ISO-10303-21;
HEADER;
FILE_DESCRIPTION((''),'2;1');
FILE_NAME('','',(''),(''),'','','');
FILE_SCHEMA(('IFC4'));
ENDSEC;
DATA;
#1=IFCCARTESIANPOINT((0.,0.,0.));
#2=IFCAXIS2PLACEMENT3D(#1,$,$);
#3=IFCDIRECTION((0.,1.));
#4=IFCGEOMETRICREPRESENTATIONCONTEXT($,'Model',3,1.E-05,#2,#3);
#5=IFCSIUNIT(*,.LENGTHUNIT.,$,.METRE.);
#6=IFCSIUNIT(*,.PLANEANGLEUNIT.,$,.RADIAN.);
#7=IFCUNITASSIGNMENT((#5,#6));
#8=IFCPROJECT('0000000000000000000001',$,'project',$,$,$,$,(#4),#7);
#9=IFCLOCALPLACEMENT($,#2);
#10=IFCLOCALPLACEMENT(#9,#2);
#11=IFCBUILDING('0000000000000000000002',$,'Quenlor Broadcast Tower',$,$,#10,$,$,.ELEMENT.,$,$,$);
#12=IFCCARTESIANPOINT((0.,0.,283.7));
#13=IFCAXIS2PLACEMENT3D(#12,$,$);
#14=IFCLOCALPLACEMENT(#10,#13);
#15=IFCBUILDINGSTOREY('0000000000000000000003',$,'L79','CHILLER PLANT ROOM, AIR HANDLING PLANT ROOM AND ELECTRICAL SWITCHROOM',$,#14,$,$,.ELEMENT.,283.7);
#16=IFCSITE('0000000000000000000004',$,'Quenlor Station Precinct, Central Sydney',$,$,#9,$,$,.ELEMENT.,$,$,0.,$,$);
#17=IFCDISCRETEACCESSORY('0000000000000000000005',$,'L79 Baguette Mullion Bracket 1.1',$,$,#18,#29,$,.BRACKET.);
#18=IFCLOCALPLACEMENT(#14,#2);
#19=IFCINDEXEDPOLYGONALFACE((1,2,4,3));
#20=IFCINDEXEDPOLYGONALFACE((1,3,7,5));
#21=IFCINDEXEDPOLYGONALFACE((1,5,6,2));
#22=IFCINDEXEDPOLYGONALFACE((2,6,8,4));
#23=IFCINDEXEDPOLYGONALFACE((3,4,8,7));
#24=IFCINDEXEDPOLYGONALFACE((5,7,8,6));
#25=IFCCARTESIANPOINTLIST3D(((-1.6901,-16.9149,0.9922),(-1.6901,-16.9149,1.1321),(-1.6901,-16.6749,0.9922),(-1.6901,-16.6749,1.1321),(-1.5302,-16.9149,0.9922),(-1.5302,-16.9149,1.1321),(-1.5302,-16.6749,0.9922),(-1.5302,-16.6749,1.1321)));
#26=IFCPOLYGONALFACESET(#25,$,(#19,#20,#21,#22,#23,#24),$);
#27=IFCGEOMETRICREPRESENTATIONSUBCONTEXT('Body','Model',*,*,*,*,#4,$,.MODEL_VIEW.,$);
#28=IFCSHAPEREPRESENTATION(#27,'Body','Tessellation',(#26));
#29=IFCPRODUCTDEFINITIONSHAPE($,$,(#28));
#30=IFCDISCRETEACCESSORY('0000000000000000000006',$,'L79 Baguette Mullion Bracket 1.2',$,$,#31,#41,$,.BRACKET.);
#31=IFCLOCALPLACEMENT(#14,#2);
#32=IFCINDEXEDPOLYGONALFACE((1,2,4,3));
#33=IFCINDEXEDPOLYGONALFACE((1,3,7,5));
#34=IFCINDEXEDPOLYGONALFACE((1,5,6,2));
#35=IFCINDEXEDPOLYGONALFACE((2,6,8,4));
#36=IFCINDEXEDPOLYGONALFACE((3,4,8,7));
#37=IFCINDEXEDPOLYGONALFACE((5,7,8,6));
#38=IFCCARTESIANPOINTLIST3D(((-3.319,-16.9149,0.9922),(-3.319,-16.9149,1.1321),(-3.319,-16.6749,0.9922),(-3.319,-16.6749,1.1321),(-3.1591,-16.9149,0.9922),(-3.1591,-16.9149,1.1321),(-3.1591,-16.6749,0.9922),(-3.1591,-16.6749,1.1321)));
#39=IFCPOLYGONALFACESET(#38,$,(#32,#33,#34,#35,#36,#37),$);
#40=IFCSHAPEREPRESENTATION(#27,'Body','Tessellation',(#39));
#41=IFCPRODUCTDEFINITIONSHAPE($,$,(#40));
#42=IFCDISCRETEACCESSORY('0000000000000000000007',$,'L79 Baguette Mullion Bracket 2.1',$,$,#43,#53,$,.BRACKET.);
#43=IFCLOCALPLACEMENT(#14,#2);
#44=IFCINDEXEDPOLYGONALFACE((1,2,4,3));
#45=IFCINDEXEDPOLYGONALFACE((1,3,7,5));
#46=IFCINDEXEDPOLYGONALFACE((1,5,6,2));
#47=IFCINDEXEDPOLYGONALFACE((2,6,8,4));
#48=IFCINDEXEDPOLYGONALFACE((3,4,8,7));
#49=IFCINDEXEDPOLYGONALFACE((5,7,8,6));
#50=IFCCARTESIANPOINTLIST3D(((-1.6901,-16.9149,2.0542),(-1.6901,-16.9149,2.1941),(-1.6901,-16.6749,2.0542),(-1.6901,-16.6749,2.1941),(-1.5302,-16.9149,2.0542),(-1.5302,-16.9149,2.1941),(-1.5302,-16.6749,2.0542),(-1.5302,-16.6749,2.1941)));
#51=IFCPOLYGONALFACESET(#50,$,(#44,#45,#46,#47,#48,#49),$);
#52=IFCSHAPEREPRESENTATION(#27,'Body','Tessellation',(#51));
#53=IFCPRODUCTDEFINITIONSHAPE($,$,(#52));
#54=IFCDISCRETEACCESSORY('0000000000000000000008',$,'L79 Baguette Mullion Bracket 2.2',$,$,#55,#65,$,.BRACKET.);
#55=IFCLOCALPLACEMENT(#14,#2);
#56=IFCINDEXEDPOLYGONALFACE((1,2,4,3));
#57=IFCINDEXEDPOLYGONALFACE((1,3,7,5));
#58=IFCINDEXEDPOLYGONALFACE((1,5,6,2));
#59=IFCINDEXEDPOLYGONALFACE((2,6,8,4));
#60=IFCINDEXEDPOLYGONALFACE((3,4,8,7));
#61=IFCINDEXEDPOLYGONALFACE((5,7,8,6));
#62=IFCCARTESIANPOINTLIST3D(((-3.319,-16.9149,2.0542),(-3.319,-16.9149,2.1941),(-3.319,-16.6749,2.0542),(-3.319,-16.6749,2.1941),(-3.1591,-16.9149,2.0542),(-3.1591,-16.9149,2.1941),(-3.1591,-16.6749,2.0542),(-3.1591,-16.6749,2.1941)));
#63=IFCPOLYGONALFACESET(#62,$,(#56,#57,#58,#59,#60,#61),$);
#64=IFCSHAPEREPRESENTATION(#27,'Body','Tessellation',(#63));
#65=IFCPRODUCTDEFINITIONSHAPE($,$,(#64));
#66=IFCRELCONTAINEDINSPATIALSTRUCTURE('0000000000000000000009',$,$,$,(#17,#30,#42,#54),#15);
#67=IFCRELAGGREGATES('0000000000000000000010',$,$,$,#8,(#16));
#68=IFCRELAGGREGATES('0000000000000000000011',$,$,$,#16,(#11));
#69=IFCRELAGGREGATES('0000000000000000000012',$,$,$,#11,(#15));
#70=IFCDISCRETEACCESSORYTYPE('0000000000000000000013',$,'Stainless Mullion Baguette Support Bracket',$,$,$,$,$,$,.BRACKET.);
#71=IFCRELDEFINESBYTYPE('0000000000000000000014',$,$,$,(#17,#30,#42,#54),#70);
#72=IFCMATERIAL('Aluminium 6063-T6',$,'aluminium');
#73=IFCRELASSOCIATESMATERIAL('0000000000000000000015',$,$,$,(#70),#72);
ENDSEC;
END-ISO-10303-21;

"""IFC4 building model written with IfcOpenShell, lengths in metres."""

from ifc_helpers import new_model, si_unit, direction, frame, origin, origin_2d, place, context, subcontext, project, spatial, rectangle, extrude, material, type_object, element, save


model = new_model("IFC4")

# Units and contexts
model_context = context("Model", 3, precision=1e-05, world=origin(), true_north=direction((0.0, 1.0)))
body_context = subcontext(model_context, "Body", "Model", "MODEL_VIEW")
ifc_project = project(units=[si_unit("LENGTHUNIT", "METRE"), si_unit("PLANEANGLEUNIT", "RADIAN")], contexts=[model_context])

# Site, building, storey
site_placement = place(None, origin())
site = spatial("IfcSite", under=ifc_project, at=site_placement, Name="Quenlor Station Precinct, Central Sydney", CompositionType="ELEMENT", RefElevation=0.0)
building_placement = place(site_placement, origin())
building = spatial("IfcBuilding", under=site, at=building_placement, Name="Quenlor Broadcast Tower", CompositionType="ELEMENT")
storey_placement = place(building_placement, frame((0.0, 0.0, 283.7)))
storey = spatial("IfcBuildingStorey", under=building, at=storey_placement, Name="L79", Description="CHILLER PLANT ROOM, AIR HANDLING PLANT ROOM AND ELECTRICAL SWITCHROOM", CompositionType="ELEMENT", Elevation=283.7)

# Discrete accessories
ifc_material_1 = material(Name="Aluminium 6063-T6", Category="aluminium")
discrete_accessory_type = type_object("IfcDiscreteAccessoryType", Name="Stainless Mullion Baguette Support Bracket", PredefinedType="BRACKET", material=ifc_material_1)
for number, where, z_axis, x_axis, name in (
    (1, (-1.6101, -16.7949, 0.9922), (0.0, 0.0, 1.0), (-1.0, 0.0, 0.0), "L79 Baguette Mullion Bracket 1.1"),
    (2, (-3.239, -16.7949, 0.9922), (0.0, 0.0, 1.0), (-1.0, 0.0, 0.0), "L79 Baguette Mullion Bracket 1.2"),
    (3, (-1.6101, -16.7949, 2.0542), (0.0, 0.0, 1.0), (-1.0, 0.0, 0.0), "L79 Baguette Mullion Bracket 2.1"),
    (4, (-3.239, -16.7949, 2.0542), (0.0, 0.0, 1.0), (-1.0, 0.0, 0.0), "L79 Baguette Mullion Bracket 2.2"),
):
    element("IfcDiscreteAccessory", number, at=place(storey_placement, frame(where, z_axis=z_axis, x_axis=x_axis)), inside=storey, type_object=discrete_accessory_type, Name=name, PredefinedType="BRACKET", context=body_context, shape_type="SweptSolid", body=[
        extrude(rectangle(XDim=0.1599, YDim=0.24, at=origin_2d()), origin(), (0.0, 0.0, 1.0), 0.1399),
    ])

save(model, "model.ifc")
